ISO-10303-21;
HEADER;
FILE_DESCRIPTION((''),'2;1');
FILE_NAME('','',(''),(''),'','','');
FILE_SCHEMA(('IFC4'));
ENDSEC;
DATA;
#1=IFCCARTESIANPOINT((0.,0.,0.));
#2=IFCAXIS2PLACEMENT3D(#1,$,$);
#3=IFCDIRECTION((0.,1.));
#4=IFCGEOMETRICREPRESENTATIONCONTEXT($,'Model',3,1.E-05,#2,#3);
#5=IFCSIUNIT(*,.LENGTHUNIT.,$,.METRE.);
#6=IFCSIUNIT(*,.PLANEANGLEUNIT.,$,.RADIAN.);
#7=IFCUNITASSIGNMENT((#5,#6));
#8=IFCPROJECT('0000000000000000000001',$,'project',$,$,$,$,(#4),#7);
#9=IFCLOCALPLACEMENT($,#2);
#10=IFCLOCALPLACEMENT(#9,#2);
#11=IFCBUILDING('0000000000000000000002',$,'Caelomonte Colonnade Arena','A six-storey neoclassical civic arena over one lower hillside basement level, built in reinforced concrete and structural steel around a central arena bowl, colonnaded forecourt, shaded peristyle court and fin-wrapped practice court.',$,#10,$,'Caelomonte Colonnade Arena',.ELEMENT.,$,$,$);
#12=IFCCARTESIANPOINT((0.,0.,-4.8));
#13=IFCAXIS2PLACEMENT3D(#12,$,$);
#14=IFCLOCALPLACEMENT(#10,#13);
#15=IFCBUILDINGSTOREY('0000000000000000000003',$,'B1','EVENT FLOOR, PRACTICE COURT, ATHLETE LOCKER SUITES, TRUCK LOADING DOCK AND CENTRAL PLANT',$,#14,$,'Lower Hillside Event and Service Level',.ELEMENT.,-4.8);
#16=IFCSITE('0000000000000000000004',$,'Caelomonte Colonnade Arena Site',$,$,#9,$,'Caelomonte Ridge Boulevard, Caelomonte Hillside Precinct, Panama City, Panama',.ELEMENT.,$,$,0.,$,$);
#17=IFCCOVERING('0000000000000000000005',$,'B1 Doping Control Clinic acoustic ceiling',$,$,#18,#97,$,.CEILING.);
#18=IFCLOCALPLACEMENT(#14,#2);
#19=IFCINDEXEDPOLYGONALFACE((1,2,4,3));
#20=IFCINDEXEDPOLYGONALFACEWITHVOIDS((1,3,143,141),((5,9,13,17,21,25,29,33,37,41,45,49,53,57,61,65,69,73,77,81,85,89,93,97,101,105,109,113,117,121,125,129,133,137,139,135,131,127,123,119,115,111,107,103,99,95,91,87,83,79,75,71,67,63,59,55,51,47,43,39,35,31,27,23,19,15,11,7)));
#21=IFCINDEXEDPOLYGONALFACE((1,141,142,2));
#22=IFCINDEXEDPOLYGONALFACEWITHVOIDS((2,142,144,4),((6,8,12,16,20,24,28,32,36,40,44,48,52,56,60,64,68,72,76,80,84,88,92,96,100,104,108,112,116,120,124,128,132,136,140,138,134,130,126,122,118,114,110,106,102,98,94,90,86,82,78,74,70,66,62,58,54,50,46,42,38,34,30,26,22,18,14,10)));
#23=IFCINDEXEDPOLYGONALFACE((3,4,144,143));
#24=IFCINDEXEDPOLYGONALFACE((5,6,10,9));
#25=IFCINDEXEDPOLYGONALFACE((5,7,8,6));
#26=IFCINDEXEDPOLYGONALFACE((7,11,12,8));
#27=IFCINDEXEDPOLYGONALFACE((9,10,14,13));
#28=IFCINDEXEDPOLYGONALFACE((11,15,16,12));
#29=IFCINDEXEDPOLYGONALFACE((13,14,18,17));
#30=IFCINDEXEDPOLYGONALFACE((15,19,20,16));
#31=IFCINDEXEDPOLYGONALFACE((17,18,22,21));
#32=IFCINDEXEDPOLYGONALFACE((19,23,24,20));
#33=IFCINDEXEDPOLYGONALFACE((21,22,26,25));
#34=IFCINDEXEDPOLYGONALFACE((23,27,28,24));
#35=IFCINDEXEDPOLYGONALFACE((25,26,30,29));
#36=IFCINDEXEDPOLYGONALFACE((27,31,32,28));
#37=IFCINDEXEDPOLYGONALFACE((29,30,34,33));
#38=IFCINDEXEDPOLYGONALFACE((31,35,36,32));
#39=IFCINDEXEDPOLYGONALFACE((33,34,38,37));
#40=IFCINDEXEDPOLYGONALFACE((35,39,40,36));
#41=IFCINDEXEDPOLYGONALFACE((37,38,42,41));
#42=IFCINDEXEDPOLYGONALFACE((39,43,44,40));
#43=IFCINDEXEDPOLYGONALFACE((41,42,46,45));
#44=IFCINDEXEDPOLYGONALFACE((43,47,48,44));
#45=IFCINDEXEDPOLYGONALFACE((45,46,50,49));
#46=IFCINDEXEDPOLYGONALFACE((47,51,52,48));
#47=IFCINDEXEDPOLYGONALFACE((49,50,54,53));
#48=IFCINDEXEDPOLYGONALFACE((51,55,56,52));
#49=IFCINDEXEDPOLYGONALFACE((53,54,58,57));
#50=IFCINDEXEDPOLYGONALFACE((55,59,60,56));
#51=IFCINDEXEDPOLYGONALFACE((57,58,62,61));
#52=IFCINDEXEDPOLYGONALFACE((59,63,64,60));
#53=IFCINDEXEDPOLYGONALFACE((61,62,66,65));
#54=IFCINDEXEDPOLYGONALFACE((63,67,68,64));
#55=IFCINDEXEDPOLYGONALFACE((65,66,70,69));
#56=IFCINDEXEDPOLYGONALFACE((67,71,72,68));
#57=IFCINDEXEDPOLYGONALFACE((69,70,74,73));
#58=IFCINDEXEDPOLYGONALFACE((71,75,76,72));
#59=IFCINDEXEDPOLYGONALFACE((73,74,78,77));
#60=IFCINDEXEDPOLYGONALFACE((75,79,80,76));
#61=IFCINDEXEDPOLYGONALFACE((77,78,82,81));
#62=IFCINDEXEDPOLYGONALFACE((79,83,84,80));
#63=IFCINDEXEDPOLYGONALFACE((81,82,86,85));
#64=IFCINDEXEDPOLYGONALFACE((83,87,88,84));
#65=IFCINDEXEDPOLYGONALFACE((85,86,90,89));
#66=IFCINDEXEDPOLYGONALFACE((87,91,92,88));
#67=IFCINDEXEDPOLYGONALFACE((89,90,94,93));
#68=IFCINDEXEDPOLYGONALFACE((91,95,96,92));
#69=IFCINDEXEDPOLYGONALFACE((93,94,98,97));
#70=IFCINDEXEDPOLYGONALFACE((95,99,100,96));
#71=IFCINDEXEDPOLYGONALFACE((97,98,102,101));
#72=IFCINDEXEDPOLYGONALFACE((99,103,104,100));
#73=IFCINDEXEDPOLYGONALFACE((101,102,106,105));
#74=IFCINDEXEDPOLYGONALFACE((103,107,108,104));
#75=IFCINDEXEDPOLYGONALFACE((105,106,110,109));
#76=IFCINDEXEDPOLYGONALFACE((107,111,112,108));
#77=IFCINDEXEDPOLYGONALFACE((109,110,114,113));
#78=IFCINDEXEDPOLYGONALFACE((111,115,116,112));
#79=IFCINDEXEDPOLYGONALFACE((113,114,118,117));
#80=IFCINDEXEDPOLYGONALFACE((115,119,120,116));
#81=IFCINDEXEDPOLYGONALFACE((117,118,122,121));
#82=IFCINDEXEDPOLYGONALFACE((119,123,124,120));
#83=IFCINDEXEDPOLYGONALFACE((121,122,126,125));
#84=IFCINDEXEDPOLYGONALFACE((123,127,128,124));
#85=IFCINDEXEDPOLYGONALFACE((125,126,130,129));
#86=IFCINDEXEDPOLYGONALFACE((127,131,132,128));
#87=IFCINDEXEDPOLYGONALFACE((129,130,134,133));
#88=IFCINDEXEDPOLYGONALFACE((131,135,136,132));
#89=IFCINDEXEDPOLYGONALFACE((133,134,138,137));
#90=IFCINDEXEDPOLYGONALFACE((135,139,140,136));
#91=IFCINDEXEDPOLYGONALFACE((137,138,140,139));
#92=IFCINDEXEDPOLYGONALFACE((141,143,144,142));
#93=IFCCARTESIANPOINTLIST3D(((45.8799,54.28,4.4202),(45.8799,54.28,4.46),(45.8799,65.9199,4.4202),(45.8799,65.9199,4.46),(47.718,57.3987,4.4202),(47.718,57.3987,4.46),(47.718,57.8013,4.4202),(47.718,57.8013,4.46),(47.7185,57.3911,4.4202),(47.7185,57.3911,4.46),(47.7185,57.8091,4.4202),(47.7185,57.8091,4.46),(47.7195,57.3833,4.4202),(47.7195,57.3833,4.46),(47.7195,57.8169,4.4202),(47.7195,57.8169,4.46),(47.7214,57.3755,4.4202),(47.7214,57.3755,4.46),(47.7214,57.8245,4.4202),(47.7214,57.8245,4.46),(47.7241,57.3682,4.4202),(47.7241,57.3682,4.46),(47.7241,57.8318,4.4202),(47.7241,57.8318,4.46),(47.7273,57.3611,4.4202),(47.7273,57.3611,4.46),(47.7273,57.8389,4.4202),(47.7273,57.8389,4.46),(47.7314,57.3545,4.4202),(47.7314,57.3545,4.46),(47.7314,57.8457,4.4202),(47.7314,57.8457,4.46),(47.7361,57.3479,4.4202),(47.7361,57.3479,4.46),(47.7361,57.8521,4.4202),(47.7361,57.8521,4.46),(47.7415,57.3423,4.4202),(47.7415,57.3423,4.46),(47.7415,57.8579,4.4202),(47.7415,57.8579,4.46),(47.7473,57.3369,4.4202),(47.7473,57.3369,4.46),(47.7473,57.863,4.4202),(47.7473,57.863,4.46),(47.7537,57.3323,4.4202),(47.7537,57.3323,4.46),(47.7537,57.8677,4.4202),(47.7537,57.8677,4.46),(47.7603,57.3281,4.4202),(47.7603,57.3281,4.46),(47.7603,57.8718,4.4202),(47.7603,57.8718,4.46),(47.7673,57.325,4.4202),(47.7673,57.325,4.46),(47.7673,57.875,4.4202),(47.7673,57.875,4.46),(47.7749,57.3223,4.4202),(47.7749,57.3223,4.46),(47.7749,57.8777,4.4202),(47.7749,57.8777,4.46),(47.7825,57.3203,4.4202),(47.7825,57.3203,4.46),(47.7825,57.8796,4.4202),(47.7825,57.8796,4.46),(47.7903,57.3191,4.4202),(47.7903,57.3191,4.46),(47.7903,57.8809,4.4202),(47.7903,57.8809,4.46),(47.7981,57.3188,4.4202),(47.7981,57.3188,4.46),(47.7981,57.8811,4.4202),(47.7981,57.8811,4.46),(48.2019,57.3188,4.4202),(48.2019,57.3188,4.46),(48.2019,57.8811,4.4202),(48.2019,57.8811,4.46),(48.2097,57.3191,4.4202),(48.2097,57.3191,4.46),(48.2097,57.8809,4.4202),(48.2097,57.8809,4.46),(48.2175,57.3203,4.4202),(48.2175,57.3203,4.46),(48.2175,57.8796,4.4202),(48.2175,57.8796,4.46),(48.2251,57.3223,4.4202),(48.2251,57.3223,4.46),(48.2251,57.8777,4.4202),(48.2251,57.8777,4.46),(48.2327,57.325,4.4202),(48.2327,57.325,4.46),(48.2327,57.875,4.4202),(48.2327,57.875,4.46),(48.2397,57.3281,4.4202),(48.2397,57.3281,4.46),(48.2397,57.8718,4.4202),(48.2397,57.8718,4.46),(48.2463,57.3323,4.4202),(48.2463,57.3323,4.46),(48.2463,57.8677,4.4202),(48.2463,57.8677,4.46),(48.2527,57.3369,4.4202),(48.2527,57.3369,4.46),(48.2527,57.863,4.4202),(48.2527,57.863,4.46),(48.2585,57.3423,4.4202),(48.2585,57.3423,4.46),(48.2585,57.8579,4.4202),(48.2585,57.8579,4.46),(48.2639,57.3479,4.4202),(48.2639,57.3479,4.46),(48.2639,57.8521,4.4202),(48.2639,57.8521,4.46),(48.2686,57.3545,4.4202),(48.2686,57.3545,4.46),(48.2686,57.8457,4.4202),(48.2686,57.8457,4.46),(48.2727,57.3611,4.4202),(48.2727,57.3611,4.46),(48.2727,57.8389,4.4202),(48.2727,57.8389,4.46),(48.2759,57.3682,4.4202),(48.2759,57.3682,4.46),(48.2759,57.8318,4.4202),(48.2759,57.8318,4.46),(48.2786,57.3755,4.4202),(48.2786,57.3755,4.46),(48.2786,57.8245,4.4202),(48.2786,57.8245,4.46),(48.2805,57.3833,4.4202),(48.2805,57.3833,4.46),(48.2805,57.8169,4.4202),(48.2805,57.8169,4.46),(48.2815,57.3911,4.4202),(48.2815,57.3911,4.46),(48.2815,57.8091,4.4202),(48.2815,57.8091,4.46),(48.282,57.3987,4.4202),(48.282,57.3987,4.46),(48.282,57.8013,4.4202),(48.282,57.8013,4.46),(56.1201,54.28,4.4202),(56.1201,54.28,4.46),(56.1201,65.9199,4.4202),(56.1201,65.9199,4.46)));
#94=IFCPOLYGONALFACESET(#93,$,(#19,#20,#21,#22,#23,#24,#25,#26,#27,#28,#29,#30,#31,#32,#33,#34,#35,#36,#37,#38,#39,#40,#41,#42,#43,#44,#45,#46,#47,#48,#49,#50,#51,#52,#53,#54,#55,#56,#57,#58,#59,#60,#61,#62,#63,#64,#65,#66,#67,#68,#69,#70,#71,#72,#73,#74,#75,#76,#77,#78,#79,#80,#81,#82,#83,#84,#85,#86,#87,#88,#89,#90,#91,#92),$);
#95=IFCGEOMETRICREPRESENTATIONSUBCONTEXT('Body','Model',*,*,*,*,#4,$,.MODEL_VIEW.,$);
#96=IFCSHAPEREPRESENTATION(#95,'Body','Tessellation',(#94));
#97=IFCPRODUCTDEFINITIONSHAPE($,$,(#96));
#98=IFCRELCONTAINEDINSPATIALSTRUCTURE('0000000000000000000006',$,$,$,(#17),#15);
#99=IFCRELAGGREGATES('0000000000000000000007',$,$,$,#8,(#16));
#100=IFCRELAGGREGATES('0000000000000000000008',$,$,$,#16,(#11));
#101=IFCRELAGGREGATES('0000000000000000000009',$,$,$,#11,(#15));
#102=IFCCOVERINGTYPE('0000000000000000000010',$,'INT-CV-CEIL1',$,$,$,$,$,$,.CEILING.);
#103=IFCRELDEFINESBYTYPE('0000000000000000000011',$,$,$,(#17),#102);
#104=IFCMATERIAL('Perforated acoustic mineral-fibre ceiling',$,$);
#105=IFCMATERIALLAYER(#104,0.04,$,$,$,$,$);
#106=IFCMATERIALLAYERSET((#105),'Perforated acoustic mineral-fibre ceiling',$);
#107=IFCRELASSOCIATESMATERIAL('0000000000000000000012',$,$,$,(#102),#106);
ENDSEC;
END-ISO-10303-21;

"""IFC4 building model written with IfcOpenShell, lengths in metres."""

from ifc_helpers import new_model, si_unit, direction, frame, origin, place, context, subcontext, project, spatial, polyline, outline, extrude, material, layer, layer_set, type_object, element, save


model = new_model("IFC4")

# Units and contexts
model_context = context("Model", 3, precision=1e-05, world=origin(), true_north=direction((0.0, 1.0)))
body_context = subcontext(model_context, "Body", "Model", "MODEL_VIEW")
ifc_project = project(units=[si_unit("LENGTHUNIT", "METRE"), si_unit("PLANEANGLEUNIT", "RADIAN")], contexts=[model_context])

# Site, building, storey
site_placement = place(None, origin())
site = spatial("IfcSite", under=ifc_project, at=site_placement, Name="Caelomonte Colonnade Arena Site", LongName="Caelomonte Ridge Boulevard, Caelomonte Hillside Precinct, Panama City, Panama", CompositionType="ELEMENT", RefElevation=0.0)
building_placement = place(site_placement, origin())
building = spatial("IfcBuilding", under=site, at=building_placement, Name="Caelomonte Colonnade Arena", Description="A six-storey neoclassical civic arena over one lower hillside basement level, built in reinforced concrete and structural steel around a central arena bowl, colonnaded forecourt, shaded peristyle court and fin-wrapped practice court.", LongName="Caelomonte Colonnade Arena", CompositionType="ELEMENT")
storey_placement = place(building_placement, frame((0.0, 0.0, -4.8)))
storey = spatial("IfcBuildingStorey", under=building, at=storey_placement, Name="B1", Description="EVENT FLOOR, PRACTICE COURT, ATHLETE LOCKER SUITES, TRUCK LOADING DOCK AND CENTRAL PLANT", LongName="Lower Hillside Event and Service Level", CompositionType="ELEMENT", Elevation=-4.8)

# Covering
ifc_material_1 = material(Name="Perforated acoustic mineral-fibre ceiling")
ifc_layer_1 = layer(ifc_material_1, 0.04)
ifc_layer_set_1 = layer_set([ifc_layer_1], Name="Perforated acoustic mineral-fibre ceiling")
covering_type_1 = type_object("IfcCoveringType", Name="INT-CV-CEIL1", PredefinedType="CEILING", material=ifc_layer_set_1)
covering_1_placement = place(storey_placement, frame((0.0, 0.0, 4.4202)))
element("IfcCovering", 1, at=covering_1_placement, inside=storey, type_object=covering_type_1, Name="B1 Doping Control Clinic acoustic ceiling", PredefinedType="CEILING", context=body_context, shape_type="SweptSolid", body=[
    extrude(outline(polyline([(56.1201, 65.9199), (45.8799, 65.9199), (45.8799, 54.28), (56.1201, 54.28), (56.1201, 65.9199)]), holes=[polyline([(47.7185, 57.3911), (47.718, 57.3987), (47.718, 57.8013), (47.7185, 57.8091), (47.7195, 57.8169), (47.7214, 57.8245), (47.7241, 57.8318), (47.7273, 57.8389), (47.7314, 57.8457), (47.7361, 57.8521), (47.7415, 57.8579), (47.7473, 57.863), (47.7537, 57.8677), (47.7603, 57.8718), (47.7673, 57.875), (47.7749, 57.8777), (47.7825, 57.8796), (47.7903, 57.8809), (47.7981, 57.8811), (48.2019, 57.8811), (48.2097, 57.8809), (48.2175, 57.8796), (48.2251, 57.8777), (48.2327, 57.875), (48.2397, 57.8718), (48.2463, 57.8677), (48.2527, 57.863), (48.2585, 57.8579), (48.2639, 57.8521), (48.2686, 57.8457), (48.2727, 57.8389), (48.2759, 57.8318), (48.2786, 57.8245), (48.2805, 57.8169), (48.2815, 57.8091), (48.282, 57.8013), (48.282, 57.3987), (48.2815, 57.3911), (48.2805, 57.3833), (48.2786, 57.3755), (48.2759, 57.3682), (48.2727, 57.3611), (48.2686, 57.3545), (48.2639, 57.3479), (48.2585, 57.3423), (48.2527, 57.3369), (48.2463, 57.3323), (48.2397, 57.3281), (48.2327, 57.325), (48.2251, 57.3223), (48.2175, 57.3203), (48.2097, 57.3191), (48.2019, 57.3188), (47.7981, 57.3188), (47.7903, 57.3191), (47.7825, 57.3203), (47.7749, 57.3223), (47.7673, 57.325), (47.7603, 57.3281), (47.7537, 57.3323), (47.7473, 57.3369), (47.7415, 57.3423), (47.7361, 57.3479), (47.7314, 57.3545), (47.7273, 57.3611), (47.7241, 57.3682), (47.7214, 57.3755), (47.7195, 57.3833), (47.7185, 57.3911)])]), origin(), (0.0, 0.0, 1.0), 0.0398),
])

save(model, "model.ifc")
